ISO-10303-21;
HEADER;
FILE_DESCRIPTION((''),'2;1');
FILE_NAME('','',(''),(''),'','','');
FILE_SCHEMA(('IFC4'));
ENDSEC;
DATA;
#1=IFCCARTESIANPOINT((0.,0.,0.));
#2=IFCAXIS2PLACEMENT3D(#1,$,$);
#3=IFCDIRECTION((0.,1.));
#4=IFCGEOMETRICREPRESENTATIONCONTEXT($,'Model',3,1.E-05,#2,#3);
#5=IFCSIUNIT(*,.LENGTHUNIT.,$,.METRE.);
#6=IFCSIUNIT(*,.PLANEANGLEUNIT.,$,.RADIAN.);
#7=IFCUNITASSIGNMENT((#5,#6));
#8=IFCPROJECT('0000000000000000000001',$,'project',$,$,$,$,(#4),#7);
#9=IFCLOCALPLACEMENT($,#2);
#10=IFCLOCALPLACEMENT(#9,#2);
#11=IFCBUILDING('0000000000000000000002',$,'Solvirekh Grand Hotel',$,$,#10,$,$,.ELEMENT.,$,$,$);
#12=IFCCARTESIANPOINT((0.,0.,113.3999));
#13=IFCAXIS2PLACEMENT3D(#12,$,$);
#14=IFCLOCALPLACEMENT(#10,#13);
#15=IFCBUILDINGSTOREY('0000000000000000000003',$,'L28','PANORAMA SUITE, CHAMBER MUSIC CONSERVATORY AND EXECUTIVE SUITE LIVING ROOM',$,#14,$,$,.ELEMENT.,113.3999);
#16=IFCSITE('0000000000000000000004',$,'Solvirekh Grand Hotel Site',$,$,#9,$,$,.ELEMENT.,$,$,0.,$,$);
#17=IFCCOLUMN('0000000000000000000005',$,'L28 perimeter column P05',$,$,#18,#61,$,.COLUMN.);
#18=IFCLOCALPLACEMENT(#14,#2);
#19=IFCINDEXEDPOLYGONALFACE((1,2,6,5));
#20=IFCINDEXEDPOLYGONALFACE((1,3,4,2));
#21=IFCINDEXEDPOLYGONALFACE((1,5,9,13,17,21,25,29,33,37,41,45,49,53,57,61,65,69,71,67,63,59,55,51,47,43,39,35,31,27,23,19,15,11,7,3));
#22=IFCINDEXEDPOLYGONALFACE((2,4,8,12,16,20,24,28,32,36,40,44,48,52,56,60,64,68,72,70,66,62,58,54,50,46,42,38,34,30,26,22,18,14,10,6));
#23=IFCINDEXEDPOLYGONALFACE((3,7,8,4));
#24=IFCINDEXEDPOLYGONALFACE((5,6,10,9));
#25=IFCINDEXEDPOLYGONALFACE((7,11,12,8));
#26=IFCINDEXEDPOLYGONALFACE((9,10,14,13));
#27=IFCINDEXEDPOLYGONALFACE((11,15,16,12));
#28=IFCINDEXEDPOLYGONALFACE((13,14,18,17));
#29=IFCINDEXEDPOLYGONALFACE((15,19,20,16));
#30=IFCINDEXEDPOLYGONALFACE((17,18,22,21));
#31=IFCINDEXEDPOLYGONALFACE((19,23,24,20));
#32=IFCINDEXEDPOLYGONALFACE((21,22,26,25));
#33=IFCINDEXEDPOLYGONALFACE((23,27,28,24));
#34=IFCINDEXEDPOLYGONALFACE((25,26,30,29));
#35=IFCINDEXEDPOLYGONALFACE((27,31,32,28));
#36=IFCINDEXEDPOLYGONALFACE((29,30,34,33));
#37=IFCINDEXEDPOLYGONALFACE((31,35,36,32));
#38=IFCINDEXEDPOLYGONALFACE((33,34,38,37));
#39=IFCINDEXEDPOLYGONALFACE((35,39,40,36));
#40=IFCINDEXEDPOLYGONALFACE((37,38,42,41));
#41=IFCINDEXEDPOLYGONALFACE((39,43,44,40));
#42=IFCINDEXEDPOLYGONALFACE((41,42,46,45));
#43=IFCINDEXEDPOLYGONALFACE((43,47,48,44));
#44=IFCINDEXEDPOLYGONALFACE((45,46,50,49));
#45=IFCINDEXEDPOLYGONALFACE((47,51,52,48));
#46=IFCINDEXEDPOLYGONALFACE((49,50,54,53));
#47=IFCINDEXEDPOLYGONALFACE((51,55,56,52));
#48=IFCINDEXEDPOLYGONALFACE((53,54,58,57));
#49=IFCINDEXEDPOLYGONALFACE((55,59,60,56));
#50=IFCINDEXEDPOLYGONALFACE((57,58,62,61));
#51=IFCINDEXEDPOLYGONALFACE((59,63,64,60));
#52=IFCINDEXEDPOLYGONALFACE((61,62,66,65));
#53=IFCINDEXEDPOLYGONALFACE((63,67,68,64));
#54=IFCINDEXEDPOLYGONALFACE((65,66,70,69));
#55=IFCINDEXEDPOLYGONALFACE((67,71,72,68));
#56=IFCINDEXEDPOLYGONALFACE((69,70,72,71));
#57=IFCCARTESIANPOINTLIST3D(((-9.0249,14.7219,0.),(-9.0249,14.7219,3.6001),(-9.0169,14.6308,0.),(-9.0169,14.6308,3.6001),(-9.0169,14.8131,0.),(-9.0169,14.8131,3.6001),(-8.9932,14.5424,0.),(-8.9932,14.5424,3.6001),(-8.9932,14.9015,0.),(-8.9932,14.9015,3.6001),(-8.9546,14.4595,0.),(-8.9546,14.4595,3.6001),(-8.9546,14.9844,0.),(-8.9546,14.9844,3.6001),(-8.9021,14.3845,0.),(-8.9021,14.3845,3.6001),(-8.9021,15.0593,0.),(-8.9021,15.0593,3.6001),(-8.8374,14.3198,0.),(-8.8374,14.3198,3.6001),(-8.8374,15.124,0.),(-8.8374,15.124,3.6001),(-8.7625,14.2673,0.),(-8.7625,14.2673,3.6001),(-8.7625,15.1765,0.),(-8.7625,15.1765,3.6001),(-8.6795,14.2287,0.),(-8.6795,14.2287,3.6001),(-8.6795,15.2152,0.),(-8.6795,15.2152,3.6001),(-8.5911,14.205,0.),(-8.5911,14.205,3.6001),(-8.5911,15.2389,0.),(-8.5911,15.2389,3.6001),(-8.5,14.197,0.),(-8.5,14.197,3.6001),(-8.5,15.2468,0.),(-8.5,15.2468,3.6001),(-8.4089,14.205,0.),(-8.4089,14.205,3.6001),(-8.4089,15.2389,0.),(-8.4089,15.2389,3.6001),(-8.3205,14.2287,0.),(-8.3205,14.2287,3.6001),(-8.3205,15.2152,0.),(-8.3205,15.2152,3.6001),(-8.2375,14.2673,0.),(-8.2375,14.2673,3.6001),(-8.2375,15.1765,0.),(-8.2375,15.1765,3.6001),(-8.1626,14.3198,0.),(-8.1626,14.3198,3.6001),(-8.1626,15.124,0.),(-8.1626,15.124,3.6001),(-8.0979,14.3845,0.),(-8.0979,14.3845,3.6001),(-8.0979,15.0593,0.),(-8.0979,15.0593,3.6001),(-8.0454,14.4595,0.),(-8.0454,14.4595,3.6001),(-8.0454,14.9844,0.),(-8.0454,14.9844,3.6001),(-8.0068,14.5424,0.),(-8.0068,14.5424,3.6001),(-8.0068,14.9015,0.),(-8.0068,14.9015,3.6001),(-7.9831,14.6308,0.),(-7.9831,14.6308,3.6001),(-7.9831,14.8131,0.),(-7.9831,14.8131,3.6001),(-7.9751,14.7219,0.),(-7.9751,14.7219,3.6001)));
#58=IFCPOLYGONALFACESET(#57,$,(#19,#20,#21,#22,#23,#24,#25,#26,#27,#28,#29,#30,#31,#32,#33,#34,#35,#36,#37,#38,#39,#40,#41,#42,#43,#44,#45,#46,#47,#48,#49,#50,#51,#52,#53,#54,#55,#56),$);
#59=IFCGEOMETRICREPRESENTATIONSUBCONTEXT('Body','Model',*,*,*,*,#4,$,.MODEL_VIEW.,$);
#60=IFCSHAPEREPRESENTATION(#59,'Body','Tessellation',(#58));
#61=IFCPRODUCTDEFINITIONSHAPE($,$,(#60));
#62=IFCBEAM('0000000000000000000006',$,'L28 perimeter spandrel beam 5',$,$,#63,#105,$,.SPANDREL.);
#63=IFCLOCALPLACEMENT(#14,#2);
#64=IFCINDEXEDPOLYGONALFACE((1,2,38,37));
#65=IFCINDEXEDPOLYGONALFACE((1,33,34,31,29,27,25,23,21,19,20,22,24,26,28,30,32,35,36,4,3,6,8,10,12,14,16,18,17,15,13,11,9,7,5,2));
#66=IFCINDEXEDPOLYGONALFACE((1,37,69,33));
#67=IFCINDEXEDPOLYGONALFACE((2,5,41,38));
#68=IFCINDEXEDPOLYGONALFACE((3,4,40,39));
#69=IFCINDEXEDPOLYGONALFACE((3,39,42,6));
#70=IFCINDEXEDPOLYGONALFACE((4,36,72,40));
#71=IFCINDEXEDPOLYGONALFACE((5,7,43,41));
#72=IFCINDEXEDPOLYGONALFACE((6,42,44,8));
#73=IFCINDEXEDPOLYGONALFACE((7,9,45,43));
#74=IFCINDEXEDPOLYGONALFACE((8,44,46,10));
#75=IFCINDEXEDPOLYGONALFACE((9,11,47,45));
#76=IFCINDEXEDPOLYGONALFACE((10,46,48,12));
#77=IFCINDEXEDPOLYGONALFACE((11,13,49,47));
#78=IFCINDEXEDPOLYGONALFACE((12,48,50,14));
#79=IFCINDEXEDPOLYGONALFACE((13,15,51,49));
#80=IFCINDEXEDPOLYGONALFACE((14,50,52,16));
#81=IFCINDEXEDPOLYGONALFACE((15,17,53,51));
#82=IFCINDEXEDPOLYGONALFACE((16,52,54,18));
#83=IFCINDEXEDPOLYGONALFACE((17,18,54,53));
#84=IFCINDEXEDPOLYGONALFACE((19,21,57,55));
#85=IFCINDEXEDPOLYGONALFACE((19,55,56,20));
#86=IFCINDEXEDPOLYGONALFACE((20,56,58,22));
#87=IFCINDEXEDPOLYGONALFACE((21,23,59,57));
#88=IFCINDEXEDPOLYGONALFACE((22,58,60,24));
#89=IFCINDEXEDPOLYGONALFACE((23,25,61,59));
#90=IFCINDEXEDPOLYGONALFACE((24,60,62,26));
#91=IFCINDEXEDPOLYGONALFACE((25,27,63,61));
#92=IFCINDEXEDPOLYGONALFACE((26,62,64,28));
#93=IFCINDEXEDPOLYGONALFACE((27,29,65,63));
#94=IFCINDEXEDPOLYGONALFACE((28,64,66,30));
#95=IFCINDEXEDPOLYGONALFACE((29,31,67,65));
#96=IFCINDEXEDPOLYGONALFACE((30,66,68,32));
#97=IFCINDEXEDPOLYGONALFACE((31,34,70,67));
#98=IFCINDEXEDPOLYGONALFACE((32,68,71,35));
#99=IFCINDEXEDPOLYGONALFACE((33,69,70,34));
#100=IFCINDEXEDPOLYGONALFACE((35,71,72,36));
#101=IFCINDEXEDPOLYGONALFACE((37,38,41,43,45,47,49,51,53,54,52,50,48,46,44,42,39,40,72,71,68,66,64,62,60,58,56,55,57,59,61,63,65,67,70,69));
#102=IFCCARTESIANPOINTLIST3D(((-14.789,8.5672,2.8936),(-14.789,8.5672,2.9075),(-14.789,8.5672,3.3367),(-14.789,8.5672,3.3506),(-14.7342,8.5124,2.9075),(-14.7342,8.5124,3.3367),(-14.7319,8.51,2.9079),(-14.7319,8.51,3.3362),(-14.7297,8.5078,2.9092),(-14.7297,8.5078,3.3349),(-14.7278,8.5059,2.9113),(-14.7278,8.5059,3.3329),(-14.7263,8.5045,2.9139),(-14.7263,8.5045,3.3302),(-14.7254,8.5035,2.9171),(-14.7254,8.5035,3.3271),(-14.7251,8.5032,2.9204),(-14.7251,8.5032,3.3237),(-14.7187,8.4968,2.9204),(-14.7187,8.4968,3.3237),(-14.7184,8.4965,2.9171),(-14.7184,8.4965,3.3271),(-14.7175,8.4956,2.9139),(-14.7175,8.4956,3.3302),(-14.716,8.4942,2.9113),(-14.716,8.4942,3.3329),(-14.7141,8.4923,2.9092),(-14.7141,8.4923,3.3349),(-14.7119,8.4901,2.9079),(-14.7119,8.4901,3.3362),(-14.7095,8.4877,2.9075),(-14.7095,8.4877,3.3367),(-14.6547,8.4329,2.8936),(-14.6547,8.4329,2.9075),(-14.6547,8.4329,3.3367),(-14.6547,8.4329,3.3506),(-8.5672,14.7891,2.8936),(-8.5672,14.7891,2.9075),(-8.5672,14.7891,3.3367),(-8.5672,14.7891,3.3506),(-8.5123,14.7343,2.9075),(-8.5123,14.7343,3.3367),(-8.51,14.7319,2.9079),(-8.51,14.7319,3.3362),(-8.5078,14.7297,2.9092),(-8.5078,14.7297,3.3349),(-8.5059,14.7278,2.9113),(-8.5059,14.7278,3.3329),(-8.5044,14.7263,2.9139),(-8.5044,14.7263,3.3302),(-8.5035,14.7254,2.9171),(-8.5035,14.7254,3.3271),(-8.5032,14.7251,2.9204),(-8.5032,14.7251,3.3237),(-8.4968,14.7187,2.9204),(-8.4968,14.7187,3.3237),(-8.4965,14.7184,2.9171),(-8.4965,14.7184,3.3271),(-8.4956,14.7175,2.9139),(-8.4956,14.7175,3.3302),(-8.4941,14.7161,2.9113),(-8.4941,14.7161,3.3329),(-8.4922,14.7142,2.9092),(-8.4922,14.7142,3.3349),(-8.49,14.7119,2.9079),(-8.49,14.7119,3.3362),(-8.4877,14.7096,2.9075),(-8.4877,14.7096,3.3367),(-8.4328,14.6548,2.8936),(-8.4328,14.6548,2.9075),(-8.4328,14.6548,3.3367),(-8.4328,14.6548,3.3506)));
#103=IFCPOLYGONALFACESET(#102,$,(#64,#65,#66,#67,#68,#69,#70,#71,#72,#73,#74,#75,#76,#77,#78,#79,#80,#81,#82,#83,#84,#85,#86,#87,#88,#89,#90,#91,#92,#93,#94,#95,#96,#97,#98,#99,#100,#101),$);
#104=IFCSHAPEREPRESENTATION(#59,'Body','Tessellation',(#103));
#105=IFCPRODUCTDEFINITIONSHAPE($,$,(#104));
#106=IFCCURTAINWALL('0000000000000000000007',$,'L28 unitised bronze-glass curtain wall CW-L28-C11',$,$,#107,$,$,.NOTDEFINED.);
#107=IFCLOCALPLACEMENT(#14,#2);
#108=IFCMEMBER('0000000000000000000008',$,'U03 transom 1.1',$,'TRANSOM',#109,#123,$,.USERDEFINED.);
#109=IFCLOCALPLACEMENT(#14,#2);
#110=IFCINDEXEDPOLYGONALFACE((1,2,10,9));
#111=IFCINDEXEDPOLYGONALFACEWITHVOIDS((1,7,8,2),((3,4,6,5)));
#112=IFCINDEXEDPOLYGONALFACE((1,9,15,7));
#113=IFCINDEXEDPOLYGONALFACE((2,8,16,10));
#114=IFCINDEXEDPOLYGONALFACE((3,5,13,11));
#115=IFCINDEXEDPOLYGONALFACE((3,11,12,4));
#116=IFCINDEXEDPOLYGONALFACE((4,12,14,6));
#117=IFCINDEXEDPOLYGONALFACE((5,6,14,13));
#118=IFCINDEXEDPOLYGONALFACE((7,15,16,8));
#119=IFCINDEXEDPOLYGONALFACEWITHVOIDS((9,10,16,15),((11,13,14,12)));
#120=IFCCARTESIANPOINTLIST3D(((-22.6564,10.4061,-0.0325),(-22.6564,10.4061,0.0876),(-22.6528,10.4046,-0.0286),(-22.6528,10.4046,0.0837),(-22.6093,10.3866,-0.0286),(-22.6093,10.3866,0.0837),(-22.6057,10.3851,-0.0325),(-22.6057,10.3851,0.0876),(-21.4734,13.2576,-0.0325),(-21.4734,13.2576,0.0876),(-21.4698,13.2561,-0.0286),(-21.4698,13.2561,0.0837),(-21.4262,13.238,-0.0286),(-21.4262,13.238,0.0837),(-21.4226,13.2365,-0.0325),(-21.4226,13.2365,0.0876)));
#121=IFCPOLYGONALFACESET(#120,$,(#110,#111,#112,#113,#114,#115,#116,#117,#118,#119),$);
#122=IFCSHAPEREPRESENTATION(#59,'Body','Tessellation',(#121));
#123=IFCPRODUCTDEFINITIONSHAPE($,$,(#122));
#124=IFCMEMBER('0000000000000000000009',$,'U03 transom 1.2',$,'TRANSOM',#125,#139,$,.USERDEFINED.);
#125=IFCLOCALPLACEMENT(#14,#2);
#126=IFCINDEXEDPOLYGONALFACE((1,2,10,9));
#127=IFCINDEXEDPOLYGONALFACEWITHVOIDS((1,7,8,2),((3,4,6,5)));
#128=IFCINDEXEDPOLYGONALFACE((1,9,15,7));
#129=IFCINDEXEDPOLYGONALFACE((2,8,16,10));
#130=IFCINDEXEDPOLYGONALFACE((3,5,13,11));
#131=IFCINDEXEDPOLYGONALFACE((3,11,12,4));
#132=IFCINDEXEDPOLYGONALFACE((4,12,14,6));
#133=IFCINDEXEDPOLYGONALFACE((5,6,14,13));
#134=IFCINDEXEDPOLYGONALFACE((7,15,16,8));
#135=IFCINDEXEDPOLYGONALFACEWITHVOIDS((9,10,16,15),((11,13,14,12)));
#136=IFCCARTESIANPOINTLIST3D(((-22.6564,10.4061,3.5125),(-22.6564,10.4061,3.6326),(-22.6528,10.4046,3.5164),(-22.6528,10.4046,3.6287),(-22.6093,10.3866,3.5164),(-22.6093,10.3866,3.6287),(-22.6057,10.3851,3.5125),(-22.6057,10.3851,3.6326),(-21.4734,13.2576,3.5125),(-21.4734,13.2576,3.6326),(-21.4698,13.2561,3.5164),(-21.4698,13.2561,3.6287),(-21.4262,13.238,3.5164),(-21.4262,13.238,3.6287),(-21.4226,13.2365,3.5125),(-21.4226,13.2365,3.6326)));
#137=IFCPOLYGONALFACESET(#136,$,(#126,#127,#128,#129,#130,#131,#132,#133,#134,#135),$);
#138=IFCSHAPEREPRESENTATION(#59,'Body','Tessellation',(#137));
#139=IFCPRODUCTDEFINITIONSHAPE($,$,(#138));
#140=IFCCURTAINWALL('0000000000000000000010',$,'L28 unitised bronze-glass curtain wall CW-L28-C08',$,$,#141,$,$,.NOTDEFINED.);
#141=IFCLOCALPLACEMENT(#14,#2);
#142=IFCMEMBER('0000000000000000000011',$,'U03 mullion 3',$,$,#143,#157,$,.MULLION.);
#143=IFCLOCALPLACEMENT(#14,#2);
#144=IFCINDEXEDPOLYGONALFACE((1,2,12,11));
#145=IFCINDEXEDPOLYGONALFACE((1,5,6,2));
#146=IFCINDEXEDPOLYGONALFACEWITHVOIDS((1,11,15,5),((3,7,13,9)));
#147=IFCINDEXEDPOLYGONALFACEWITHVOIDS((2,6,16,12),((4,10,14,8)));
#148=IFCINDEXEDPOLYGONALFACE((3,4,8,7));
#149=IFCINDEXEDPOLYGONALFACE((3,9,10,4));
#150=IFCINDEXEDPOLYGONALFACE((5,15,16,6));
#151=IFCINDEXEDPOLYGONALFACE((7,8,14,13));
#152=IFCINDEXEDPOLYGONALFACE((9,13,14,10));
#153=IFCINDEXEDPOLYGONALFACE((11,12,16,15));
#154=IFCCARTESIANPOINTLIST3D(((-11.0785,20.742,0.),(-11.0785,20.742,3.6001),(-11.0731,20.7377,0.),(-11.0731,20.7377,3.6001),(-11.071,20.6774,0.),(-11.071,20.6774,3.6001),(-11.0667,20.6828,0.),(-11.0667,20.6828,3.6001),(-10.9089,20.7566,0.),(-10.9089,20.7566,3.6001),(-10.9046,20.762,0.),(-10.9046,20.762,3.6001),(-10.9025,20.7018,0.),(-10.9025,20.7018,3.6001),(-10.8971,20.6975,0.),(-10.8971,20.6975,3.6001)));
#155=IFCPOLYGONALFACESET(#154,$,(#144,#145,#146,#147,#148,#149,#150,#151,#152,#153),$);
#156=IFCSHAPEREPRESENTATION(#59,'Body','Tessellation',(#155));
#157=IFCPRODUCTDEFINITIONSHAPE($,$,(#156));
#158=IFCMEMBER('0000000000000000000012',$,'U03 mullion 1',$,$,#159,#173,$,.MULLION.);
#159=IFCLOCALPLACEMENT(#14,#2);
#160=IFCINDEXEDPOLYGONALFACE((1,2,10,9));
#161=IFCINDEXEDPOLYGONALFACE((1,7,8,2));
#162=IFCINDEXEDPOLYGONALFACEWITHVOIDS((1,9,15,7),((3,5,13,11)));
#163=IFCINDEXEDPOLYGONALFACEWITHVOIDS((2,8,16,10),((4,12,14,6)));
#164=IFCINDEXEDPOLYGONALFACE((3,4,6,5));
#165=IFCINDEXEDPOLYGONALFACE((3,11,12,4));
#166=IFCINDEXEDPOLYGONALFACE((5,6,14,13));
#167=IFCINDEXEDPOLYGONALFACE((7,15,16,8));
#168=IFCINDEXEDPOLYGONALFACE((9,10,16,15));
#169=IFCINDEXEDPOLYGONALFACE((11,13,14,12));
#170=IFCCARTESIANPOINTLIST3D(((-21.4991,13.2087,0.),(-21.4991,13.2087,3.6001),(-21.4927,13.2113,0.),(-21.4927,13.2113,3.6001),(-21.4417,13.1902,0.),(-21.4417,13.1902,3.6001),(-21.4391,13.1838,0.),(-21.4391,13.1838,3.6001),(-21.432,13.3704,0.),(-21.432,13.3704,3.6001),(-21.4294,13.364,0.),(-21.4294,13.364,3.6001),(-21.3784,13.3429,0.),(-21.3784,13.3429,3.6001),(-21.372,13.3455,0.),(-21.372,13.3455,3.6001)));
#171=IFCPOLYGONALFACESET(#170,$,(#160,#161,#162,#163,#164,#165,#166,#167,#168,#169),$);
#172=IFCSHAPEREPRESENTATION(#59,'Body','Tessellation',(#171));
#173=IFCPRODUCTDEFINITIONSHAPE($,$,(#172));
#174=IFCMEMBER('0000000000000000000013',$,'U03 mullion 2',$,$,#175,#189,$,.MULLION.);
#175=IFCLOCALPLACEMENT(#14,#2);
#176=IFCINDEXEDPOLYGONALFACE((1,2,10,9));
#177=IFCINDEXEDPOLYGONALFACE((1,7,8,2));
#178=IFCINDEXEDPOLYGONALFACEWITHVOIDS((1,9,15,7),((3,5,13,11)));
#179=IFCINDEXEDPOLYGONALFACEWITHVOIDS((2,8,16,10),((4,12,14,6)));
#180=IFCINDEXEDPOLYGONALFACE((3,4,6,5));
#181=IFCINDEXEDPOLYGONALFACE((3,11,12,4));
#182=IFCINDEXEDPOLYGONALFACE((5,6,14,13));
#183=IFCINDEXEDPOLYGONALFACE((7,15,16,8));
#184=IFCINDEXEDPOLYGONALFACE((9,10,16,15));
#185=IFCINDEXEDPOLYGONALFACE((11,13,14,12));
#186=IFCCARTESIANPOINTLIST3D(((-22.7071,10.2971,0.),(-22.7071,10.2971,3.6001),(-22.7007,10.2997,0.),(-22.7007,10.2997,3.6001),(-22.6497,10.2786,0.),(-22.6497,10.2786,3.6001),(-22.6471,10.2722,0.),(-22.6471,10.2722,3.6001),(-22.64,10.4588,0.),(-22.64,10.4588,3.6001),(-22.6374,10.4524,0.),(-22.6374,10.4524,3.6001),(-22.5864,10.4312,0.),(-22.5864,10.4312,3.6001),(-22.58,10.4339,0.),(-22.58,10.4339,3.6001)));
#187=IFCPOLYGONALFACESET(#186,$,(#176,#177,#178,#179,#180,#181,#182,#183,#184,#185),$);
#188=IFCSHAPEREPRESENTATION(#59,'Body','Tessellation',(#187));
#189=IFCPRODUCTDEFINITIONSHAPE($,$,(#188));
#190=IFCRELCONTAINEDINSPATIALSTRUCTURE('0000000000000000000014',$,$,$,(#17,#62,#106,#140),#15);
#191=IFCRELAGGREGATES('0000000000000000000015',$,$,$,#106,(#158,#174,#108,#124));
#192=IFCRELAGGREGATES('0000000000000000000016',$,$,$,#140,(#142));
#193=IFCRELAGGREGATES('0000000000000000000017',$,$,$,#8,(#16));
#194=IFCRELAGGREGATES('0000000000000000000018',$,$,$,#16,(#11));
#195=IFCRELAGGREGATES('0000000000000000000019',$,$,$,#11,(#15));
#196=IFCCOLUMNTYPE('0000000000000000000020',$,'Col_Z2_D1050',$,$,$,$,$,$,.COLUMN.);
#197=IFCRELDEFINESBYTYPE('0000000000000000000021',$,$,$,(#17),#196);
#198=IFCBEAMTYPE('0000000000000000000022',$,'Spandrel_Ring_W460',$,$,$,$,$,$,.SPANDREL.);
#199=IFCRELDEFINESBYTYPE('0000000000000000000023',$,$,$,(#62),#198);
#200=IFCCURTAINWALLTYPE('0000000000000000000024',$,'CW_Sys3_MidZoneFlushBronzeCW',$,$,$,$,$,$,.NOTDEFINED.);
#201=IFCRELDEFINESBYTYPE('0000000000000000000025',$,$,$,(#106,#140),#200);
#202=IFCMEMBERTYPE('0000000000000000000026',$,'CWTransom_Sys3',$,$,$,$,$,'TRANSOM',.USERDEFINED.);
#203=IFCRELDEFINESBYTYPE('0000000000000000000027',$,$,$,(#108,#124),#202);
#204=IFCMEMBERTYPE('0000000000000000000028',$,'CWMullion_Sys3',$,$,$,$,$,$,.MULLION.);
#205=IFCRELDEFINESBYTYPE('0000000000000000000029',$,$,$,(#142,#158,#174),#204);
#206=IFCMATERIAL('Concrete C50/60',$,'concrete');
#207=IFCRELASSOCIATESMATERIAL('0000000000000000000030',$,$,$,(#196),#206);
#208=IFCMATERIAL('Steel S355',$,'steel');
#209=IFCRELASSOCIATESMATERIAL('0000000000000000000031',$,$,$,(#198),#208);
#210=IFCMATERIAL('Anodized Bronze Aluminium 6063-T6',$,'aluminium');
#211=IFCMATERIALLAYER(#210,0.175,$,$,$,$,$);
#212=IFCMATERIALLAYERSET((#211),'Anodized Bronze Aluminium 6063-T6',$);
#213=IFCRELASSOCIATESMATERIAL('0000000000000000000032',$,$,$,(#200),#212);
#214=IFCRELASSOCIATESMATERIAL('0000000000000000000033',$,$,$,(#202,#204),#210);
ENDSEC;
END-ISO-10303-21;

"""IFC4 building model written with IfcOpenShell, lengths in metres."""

from ifc_helpers import new_model, si_unit, direction, frame, origin, origin_2d, place, context, subcontext, project, spatial, hollow_rectangle, circle, i_section, extrude, source, transform, mapped, material, layer, layer_set, material_profile, profile_set, type_object, element, aggregate, save


model = new_model("IFC4")

# Units and contexts
model_context = context("Model", 3, precision=1e-05, world=origin(), true_north=direction((0.0, 1.0)))
body_context = subcontext(model_context, "Body", "Model", "MODEL_VIEW")
ifc_project = project(units=[si_unit("LENGTHUNIT", "METRE"), si_unit("PLANEANGLEUNIT", "RADIAN")], contexts=[model_context])

# Site, building, storey
site_placement = place(None, origin())
site = spatial("IfcSite", under=ifc_project, at=site_placement, Name="Solvirekh Grand Hotel Site", CompositionType="ELEMENT", RefElevation=0.0)
building_placement = place(site_placement, origin())
building = spatial("IfcBuilding", under=site, at=building_placement, Name="Solvirekh Grand Hotel", CompositionType="ELEMENT")
storey_placement = place(building_placement, frame((0.0, 0.0, 113.3999)))
storey = spatial("IfcBuildingStorey", under=building, at=storey_placement, Name="L28", Description="PANORAMA SUITE, CHAMBER MUSIC CONSERVATORY AND EXECUTIVE SUITE LIVING ROOM", CompositionType="ELEMENT", Elevation=113.3999)

# Column
ifc_material_1 = material(Name="Concrete C50/60", Category="concrete")
ifc_material_profile_1 = material_profile(ifc_material_1, circle(Radius=0.5249, at=origin_2d()), Name="RC CIRC D1050")
ifc_profile_set_1 = profile_set([ifc_material_profile_1], Name="Concrete C50/60")
column_type = type_object("IfcColumnType", Name="Col_Z2_D1050", PredefinedType="COLUMN", material=ifc_profile_set_1)
column_placement = place(storey_placement, frame((-8.5, 14.7219, 0.0), z_axis=(0.0, 0.0, 1.0), x_axis=(1.0, 0.0, 0.0)))
element("IfcColumn", 1, at=column_placement, inside=storey, type_object=column_type, Name="L28 perimeter column P05", PredefinedType="COLUMN", context=body_context, shape_type="SweptSolid", body=[
    extrude(circle(Radius=0.5249, at=origin_2d()), origin(), (0.0, 0.0, 1.0), 3.6001),
])

# Beam
ifc_material_2 = material(Name="Steel S355", Category="steel")
ifc_material_profile_2 = material_profile(ifc_material_2, i_section(OverallWidth=0.1899, OverallDepth=0.457, WebThickness=0.009, FlangeThickness=0.0139, FilletRadius=0.0129, at=origin_2d()), Name="W460X74")
ifc_profile_set_2 = profile_set([ifc_material_profile_2], Name="Steel S355")
beam_type = type_object("IfcBeamType", Name="Spandrel_Ring_W460", PredefinedType="SPANDREL", material=ifc_profile_set_2)
beam_placement = place(storey_placement, frame((-8.5, 14.7219, 3.1221), z_axis=(-0.707107, -0.707107, 0.0), x_axis=(0.707107, -0.707107, 0.0)))
element("IfcBeam", 2, at=beam_placement, inside=storey, type_object=beam_type, Name="L28 perimeter spandrel beam 5", PredefinedType="SPANDREL", context=body_context, shape_type="SweptSolid", body=[
    extrude(i_section(OverallWidth=0.1899, OverallDepth=0.457, WebThickness=0.009, FlangeThickness=0.0139, FilletRadius=0.0129, at=origin_2d()), origin(), (0.0, 0.0, 1.0), 8.7991),
])

# Curtain wall, members
ifc_material_3 = material(Name="Anodized Bronze Aluminium 6063-T6", Category="aluminium")
ifc_layer_1 = layer(ifc_material_3, 0.175)
ifc_layer_set_1 = layer_set([ifc_layer_1], Name="Anodized Bronze Aluminium 6063-T6")
curtain_wall_type = type_object("IfcCurtainWallType", Name="CW_Sys3_MidZoneFlushBronzeCW", PredefinedType="NOTDEFINED", material=ifc_layer_set_1)
curtain_wall_1_placement = place(storey_placement, origin())
curtain_wall_1 = element("IfcCurtainWall", 3, at=curtain_wall_1_placement, inside=storey, type_object=curtain_wall_type, Name="L28 unitised bronze-glass curtain wall CW-L28-C11", PredefinedType="NOTDEFINED")
ifc_material_profile_3 = material_profile(ifc_material_3, hollow_rectangle(XDim=0.0549, YDim=0.1201, WallThickness=0.0039, at=origin_2d()), Name="ALU RHS 120X55X4")
ifc_profile_set_3 = profile_set([ifc_material_profile_3], Name="Anodized Bronze Aluminium 6063-T6")
member_type_1 = type_object("IfcMemberType", Name="CWTransom_Sys3", ElementType="TRANSOM", PredefinedType="USERDEFINED", material=ifc_profile_set_3)
shared_shape_1 = source(origin(), body_context, "Body", "SweptSolid", [
    extrude(hollow_rectangle(XDim=0.0549, YDim=0.1201, WallThickness=0.0039, at=origin_2d()), origin(), (0.0, 0.0, 1.0), 3.0872),
])
member_1_placement = place(storey_placement, frame((-21.448, 13.2471, 0.0276), z_axis=(-0.383222, -0.923656, 0.0), x_axis=(0.923656, -0.383222, 0.0)))
member_1 = element("IfcMember", 4, at=member_1_placement, type_object=member_type_1, Name="U03 transom 1.1", ObjectType="TRANSOM", PredefinedType="USERDEFINED", context=body_context, shape_type="MappedRepresentation", body=[
    mapped(shared_shape_1, transform((0.0, 0.0, 0.0), x_axis=(1.0, 0.0, 0.0), y_axis=(0.0, 1.0, 0.0), z_axis=(0.0, 0.0, 1.0), scale=1.0)),
])
member_2_placement = place(storey_placement, frame((-21.448, 13.2471, 3.5725), z_axis=(-0.383222, -0.923656, 0.0), x_axis=(0.923656, -0.383222, 0.0)))
member_2 = element("IfcMember", 5, at=member_2_placement, type_object=member_type_1, Name="U03 transom 1.2", ObjectType="TRANSOM", PredefinedType="USERDEFINED", context=body_context, shape_type="MappedRepresentation", body=[
    mapped(shared_shape_1, transform((0.0, 0.0, 0.0), x_axis=(1.0, 0.0, 0.0), y_axis=(0.0, 1.0, 0.0), z_axis=(0.0, 0.0, 1.0), scale=1.0)),
])

# Curtain wall, member
curtain_wall_2_placement = place(storey_placement, origin())
curtain_wall_2 = element("IfcCurtainWall", 6, at=curtain_wall_2_placement, inside=storey, type_object=curtain_wall_type, Name="L28 unitised bronze-glass curtain wall CW-L28-C08", PredefinedType="NOTDEFINED")
ifc_material_profile_4 = material_profile(ifc_material_3, hollow_rectangle(XDim=0.0649, YDim=0.175, WallThickness=0.0049, at=origin_2d()), Name="ALU RHS 175X65X5")
ifc_profile_set_4 = profile_set([ifc_material_profile_4], Name="Anodized Bronze Aluminium 6063-T6")
member_type_2 = type_object("IfcMemberType", Name="CWMullion_Sys3", PredefinedType="MULLION", material=ifc_profile_set_4)
shared_shape_2 = source(origin(), body_context, "Body", "SweptSolid", [
    extrude(hollow_rectangle(XDim=0.0649, YDim=0.175, WallThickness=0.0049, at=origin_2d()), origin(), (0.0, 0.0, 1.0), 3.6001),
])
member_3_placement = place(storey_placement, frame((-10.9878, 20.7197, 0.0), z_axis=(0.0, 0.0, 1.0), x_axis=(0.114608, -0.993411, 0.0)))
member_3 = element("IfcMember", 7, at=member_3_placement, type_object=member_type_2, Name="U03 mullion 3", PredefinedType="MULLION", context=body_context, shape_type="MappedRepresentation", body=[
    mapped(shared_shape_2, transform((0.0, 0.0, 0.0), x_axis=(1.0, 0.0, 0.0), y_axis=(0.0, 1.0, 0.0), z_axis=(0.0, 0.0, 1.0), scale=1.0)),
])

# Members
member_4_placement = place(storey_placement, frame((-21.4355, 13.2771, 0.0), z_axis=(0.0, 0.0, 1.0), x_axis=(0.923647, -0.383244, 0.0)))
member_4 = element("IfcMember", 8, at=member_4_placement, type_object=member_type_2, Name="U03 mullion 1", PredefinedType="MULLION", context=body_context, shape_type="MappedRepresentation", body=[
    mapped(shared_shape_2, transform((0.0, 0.0, 0.0), x_axis=(1.0, 0.0, 0.0), y_axis=(0.0, 1.0, 0.0), z_axis=(0.0, 0.0, 1.0), scale=1.0)),
])
member_5_placement = place(storey_placement, frame((-22.6436, 10.3655, 0.0), z_axis=(0.0, 0.0, 1.0), x_axis=(0.923647, -0.383244, 0.0)))
member_5 = element("IfcMember", 9, at=member_5_placement, type_object=member_type_2, Name="U03 mullion 2", PredefinedType="MULLION", context=body_context, shape_type="MappedRepresentation", body=[
    mapped(shared_shape_2, transform((0.0, 0.0, 0.0), x_axis=(1.0, 0.0, 0.0), y_axis=(0.0, 1.0, 0.0), z_axis=(0.0, 0.0, 1.0), scale=1.0)),
])

aggregate(curtain_wall_1, [member_4, member_5, member_1, member_2])
aggregate(curtain_wall_2, [member_3])

save(model, "model.ifc")
